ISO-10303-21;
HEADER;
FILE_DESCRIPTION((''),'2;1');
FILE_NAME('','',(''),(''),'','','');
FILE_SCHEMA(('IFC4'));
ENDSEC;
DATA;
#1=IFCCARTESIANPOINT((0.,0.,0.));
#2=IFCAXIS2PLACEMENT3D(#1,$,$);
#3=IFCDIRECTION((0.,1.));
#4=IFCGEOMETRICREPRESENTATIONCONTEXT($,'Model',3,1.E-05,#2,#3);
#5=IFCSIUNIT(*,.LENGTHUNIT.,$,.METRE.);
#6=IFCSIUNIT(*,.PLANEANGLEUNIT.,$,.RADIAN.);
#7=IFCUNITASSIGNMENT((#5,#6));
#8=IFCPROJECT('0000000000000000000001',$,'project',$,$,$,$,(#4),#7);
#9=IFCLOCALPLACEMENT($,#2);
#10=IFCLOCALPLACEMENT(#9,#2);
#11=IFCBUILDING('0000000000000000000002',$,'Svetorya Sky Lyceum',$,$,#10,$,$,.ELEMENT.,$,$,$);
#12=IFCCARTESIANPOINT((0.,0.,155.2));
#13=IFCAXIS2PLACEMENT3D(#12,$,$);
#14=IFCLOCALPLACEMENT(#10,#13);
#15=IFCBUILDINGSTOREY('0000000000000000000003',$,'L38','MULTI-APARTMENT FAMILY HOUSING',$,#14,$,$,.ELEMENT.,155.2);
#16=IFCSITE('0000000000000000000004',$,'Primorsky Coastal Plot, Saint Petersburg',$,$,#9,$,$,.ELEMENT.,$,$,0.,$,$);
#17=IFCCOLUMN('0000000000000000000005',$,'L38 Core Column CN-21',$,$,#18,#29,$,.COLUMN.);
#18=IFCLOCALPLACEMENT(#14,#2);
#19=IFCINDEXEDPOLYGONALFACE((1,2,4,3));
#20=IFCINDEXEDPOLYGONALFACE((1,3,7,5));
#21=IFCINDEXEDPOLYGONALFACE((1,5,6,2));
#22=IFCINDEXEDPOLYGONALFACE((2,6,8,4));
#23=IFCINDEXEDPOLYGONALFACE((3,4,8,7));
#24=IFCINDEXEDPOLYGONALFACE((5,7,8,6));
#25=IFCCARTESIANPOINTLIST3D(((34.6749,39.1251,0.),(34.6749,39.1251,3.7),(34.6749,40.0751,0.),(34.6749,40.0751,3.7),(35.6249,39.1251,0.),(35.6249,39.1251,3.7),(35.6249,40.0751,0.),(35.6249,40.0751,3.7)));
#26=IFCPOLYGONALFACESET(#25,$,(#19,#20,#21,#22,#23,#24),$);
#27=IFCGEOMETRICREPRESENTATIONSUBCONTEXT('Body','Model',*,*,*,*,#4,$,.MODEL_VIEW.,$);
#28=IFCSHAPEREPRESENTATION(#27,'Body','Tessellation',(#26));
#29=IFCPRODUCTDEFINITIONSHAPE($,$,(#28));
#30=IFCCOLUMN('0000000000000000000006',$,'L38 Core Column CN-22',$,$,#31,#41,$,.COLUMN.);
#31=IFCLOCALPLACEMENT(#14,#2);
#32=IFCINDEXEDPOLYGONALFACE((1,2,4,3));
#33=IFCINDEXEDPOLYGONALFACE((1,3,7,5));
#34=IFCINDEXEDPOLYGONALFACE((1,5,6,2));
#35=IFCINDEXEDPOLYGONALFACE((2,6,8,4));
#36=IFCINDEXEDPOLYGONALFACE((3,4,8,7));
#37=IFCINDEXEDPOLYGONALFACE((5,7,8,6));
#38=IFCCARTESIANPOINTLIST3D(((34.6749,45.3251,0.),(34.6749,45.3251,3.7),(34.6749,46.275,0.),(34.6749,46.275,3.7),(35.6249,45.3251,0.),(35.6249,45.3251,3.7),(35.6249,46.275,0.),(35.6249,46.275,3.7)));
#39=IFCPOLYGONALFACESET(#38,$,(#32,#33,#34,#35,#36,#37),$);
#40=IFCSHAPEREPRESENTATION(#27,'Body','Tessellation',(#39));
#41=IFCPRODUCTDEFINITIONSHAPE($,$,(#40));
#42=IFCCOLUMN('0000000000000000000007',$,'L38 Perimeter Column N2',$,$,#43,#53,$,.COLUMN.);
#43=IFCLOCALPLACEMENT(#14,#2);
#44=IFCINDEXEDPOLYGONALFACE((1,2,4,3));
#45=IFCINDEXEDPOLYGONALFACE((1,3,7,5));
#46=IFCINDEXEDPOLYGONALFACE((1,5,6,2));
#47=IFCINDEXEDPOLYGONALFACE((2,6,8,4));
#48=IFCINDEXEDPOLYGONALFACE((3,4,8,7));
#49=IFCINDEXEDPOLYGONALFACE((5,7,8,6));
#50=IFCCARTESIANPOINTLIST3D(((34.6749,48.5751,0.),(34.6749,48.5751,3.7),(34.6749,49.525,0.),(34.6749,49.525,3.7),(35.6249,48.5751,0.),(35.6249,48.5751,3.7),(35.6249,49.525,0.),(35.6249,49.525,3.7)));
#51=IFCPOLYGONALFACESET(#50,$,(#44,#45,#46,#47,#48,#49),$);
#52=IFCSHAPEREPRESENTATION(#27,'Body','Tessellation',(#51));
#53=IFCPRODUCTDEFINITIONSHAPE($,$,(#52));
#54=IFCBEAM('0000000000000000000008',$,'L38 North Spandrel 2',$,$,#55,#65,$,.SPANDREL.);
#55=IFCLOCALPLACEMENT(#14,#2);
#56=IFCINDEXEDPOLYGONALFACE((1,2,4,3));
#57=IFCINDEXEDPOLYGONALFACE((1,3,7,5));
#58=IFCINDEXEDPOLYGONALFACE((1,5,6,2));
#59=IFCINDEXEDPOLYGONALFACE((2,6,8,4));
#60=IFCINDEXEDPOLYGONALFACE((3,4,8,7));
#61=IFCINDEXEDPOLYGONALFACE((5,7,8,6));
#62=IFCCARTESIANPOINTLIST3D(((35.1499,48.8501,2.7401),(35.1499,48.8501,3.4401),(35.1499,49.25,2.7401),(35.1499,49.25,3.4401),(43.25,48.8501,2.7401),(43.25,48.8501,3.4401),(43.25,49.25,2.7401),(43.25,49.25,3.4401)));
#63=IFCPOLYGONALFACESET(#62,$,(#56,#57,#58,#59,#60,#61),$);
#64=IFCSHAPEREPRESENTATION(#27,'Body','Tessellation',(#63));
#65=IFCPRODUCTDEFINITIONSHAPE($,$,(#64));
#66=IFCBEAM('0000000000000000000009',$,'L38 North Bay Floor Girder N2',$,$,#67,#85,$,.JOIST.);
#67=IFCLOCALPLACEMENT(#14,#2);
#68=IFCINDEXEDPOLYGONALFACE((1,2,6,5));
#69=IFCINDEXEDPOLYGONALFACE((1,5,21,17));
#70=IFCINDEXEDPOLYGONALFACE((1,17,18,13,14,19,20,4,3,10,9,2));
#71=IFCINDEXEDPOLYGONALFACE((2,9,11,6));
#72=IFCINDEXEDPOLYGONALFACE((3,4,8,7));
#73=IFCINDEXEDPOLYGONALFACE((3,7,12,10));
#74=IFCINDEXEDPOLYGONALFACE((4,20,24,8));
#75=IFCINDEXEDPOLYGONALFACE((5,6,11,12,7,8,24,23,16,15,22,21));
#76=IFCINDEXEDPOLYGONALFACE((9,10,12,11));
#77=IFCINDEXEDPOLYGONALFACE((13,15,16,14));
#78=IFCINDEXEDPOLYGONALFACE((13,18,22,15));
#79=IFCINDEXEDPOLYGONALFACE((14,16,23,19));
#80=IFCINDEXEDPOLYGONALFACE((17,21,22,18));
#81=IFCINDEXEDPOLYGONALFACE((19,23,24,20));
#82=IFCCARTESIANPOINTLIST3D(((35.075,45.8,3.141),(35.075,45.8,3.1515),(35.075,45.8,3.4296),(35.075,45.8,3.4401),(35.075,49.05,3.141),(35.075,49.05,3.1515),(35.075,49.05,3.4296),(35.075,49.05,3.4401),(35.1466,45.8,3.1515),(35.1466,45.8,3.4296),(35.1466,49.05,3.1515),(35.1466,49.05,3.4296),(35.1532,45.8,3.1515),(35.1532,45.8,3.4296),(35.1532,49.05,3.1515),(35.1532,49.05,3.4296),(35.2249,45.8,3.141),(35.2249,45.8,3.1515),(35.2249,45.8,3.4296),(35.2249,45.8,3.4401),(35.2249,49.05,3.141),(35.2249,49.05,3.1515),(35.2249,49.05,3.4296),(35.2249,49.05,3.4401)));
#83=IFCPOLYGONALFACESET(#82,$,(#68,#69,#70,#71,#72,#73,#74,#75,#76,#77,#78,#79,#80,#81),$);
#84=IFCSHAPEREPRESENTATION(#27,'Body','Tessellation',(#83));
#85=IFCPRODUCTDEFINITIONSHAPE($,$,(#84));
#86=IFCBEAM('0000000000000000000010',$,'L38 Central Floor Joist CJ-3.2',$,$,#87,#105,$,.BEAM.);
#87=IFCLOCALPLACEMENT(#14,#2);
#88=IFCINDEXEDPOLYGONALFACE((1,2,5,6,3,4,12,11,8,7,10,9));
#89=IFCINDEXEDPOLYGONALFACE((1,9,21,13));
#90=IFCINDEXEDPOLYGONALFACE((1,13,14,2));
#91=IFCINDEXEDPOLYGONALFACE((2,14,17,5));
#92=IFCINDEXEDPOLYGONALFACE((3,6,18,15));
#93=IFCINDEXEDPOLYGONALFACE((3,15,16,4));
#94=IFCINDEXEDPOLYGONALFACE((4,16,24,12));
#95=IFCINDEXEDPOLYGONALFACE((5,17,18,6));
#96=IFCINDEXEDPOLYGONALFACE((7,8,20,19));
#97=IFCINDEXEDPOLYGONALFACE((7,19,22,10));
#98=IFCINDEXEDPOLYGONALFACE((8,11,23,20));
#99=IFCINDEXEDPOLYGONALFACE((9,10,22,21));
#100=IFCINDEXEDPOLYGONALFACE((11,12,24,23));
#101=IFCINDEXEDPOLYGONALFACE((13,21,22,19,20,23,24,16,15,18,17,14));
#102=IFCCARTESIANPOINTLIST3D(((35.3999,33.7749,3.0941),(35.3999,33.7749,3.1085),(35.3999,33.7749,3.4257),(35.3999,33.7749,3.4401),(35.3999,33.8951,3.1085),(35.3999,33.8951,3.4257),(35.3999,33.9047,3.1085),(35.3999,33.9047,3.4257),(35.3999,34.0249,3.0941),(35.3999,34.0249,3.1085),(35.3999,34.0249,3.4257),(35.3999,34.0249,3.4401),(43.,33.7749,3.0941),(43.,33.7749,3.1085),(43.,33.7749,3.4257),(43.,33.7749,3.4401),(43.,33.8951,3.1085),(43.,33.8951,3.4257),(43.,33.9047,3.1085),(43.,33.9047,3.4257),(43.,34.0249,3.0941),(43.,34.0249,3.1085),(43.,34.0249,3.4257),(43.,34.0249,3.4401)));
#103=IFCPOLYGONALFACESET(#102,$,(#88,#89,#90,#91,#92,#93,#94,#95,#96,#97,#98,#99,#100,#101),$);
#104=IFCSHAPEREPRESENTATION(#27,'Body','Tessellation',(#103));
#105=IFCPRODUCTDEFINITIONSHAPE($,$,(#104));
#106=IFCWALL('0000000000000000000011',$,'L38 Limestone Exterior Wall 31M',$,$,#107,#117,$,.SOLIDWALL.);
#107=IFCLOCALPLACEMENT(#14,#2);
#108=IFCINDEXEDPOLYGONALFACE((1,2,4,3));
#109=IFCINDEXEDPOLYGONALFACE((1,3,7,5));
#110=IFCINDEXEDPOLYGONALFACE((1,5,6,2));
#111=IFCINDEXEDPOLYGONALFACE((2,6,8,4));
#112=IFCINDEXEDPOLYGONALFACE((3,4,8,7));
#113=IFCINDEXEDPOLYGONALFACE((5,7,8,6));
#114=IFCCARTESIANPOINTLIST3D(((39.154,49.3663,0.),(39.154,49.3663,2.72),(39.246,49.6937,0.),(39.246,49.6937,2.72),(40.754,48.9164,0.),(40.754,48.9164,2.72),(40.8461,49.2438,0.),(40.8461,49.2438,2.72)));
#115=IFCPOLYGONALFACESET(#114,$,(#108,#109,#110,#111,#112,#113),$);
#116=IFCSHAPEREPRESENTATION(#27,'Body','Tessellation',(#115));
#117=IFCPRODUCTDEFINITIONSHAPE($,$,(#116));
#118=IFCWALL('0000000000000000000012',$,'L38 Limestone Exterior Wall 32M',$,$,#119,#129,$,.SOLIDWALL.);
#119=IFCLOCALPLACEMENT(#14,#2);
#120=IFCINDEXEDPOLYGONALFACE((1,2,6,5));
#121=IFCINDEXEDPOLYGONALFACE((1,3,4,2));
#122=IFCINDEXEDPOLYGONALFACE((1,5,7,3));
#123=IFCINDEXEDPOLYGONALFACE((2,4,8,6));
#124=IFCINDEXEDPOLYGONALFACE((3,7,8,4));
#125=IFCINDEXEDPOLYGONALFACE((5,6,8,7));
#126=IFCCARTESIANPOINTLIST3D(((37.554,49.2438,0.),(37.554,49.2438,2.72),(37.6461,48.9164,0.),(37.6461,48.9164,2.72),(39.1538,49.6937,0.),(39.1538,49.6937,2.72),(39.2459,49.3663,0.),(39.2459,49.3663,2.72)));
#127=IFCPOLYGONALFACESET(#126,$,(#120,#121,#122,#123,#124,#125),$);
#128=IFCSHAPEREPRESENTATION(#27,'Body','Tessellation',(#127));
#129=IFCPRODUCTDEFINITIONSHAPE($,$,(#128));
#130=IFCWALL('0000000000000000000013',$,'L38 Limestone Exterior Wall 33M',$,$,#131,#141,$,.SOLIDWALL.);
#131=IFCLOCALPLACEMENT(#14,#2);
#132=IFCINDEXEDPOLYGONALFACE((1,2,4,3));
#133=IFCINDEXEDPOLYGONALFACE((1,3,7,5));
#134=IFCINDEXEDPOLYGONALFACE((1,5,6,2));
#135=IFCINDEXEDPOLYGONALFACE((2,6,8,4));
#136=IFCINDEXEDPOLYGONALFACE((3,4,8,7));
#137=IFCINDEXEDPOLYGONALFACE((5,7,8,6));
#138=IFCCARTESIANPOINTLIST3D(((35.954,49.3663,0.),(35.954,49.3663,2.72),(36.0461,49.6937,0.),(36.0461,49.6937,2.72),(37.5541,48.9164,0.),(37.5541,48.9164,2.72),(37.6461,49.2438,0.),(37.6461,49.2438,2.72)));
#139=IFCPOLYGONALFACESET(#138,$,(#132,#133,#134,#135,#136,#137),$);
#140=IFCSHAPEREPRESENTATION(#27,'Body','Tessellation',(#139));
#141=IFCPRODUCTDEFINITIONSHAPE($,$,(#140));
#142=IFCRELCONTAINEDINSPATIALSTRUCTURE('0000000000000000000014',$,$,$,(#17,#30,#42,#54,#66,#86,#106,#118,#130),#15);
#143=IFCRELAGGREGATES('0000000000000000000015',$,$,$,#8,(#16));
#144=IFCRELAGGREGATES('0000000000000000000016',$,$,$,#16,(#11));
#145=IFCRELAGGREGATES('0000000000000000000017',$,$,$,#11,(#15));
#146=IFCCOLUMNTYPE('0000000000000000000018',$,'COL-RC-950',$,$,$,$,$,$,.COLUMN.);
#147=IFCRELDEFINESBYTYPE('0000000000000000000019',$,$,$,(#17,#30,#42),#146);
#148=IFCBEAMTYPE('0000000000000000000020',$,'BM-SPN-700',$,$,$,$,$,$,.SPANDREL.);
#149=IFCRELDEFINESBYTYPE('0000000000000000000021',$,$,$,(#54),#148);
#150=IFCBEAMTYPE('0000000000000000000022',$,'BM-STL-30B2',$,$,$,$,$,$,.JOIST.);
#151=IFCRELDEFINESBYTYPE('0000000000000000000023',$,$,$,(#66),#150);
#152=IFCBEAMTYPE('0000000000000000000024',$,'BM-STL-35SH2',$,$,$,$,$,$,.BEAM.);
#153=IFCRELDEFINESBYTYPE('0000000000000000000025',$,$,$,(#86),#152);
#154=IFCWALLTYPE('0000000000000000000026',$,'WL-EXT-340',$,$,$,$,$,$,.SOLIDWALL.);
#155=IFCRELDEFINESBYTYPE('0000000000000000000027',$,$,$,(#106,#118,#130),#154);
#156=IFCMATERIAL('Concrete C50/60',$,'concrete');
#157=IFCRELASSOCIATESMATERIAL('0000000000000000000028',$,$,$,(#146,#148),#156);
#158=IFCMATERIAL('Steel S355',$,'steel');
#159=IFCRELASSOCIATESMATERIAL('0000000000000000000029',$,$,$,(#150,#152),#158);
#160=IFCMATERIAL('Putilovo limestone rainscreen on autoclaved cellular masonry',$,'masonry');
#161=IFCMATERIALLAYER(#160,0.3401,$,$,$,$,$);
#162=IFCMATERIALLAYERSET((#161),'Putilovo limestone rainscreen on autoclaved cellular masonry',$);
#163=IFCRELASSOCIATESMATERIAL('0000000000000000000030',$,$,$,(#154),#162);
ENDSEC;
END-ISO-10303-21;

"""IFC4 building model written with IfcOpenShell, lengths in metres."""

from ifc_helpers import new_model, si_unit, direction, frame, frame_2d, origin, origin_2d, place, context, subcontext, project, spatial, rectangle, i_section, extrude, material, layer, layer_set, material_profile, profile_set, type_object, element, save


model = new_model("IFC4")

# Units and contexts
model_context = context("Model", 3, precision=1e-05, world=origin(), true_north=direction((0.0, 1.0)))
body_context = subcontext(model_context, "Body", "Model", "MODEL_VIEW")
ifc_project = project(units=[si_unit("LENGTHUNIT", "METRE"), si_unit("PLANEANGLEUNIT", "RADIAN")], contexts=[model_context])

# Site, building, storey
site_placement = place(None, origin())
site = spatial("IfcSite", under=ifc_project, at=site_placement, Name="Primorsky Coastal Plot, Saint Petersburg", CompositionType="ELEMENT", RefElevation=0.0)
building_placement = place(site_placement, origin())
building = spatial("IfcBuilding", under=site, at=building_placement, Name="Svetorya Sky Lyceum", CompositionType="ELEMENT")
storey_placement = place(building_placement, frame((0.0, 0.0, 155.2)))
storey = spatial("IfcBuildingStorey", under=building, at=storey_placement, Name="L38", Description="MULTI-APARTMENT FAMILY HOUSING", CompositionType="ELEMENT", Elevation=155.2)

# Columns
ifc_material_1 = material(Name="Concrete C50/60", Category="concrete")
ifc_material_profile_1 = material_profile(ifc_material_1, rectangle(XDim=0.95, YDim=0.95, at=origin_2d()), Name="RC COL 950x950")
ifc_profile_set_1 = profile_set([ifc_material_profile_1], Name="Concrete C50/60")
column_type = type_object("IfcColumnType", Name="COL-RC-950", PredefinedType="COLUMN", material=ifc_profile_set_1)
for number, where, z_axis, x_axis, name in (
    (1, (35.1499, 39.6001, 0.0), (0.0, 0.0, 1.0), (1.0, 0.0, 0.0), "L38 Core Column CN-21"),
    (2, (35.1499, 45.8, 0.0), (0.0, 0.0, 1.0), (1.0, 0.0, 0.0), "L38 Core Column CN-22"),
    (3, (35.1499, 49.05, 0.0), (0.0, 0.0, 1.0), (1.0, 0.0, 0.0), "L38 Perimeter Column N2"),
):
    element("IfcColumn", number, at=place(storey_placement, frame(where, z_axis=z_axis, x_axis=x_axis)), inside=storey, type_object=column_type, Name=name, PredefinedType="COLUMN", context=body_context, shape_type="SweptSolid", body=[
        extrude(rectangle(XDim=0.95, YDim=0.95, at=origin_2d()), origin(), (0.0, 0.0, 1.0), 3.7),
    ])

# Beams
ifc_material_profile_2 = material_profile(ifc_material_1, rectangle(XDim=0.3999, YDim=0.7, at=origin_2d()), Name="RC SPANDREL 400x700")
ifc_profile_set_2 = profile_set([ifc_material_profile_2], Name="Concrete C50/60")
beam_type_1 = type_object("IfcBeamType", Name="BM-SPN-700", PredefinedType="SPANDREL", material=ifc_profile_set_2)
beam_1_placement = place(storey_placement, frame((35.1499, 49.05, 3.0901), z_axis=(1.0, 0.0, 0.0), x_axis=(0.0, 1.0, 0.0)))
element("IfcBeam", 4, at=beam_1_placement, inside=storey, type_object=beam_type_1, Name="L38 North Spandrel 2", PredefinedType="SPANDREL", context=body_context, shape_type="SweptSolid", body=[
    extrude(rectangle(XDim=0.3999, YDim=0.7, at=origin_2d()), origin(), (0.0, 0.0, 1.0), 8.1001),
])
ifc_material_2 = material(Name="Steel S355", Category="steel")
ifc_material_profile_3 = material_profile(ifc_material_2, i_section(OverallWidth=0.1499, OverallDepth=0.2991, WebThickness=0.0066, FlangeThickness=0.0105, at=origin_2d()), Name="GOST 30B2")
ifc_profile_set_3 = profile_set([ifc_material_profile_3], Name="Steel S355")
beam_type_2 = type_object("IfcBeamType", Name="BM-STL-30B2", PredefinedType="JOIST", material=ifc_profile_set_3)
beam_2_placement = place(storey_placement, frame((35.1499, 45.8, 3.2905), z_axis=(0.0, 1.0, 0.0), x_axis=(-1.0, 0.0, 0.0)))
element("IfcBeam", 5, at=beam_2_placement, inside=storey, type_object=beam_type_2, Name="L38 North Bay Floor Girder N2", PredefinedType="JOIST", context=body_context, shape_type="SweptSolid", body=[
    extrude(i_section(OverallWidth=0.1499, OverallDepth=0.2991, WebThickness=0.0066, FlangeThickness=0.0105, at=origin_2d()), origin(), (0.0, 0.0, 1.0), 3.25),
])
ifc_material_profile_4 = material_profile(ifc_material_2, i_section(OverallWidth=0.25, OverallDepth=0.3459, WebThickness=0.0095, FlangeThickness=0.0144, at=origin_2d()), Name="GOST 35Sh2")
ifc_profile_set_4 = profile_set([ifc_material_profile_4], Name="Steel S355")
beam_type_3 = type_object("IfcBeamType", Name="BM-STL-35SH2", PredefinedType="BEAM", material=ifc_profile_set_4)
beam_3_placement = place(storey_placement, frame((35.3999, 33.8999, 3.2671), z_axis=(1.0, 0.0, 0.0), x_axis=(0.0, 1.0, 0.0)))
element("IfcBeam", 6, at=beam_3_placement, inside=storey, type_object=beam_type_3, Name="L38 Central Floor Joist CJ-3.2", PredefinedType="BEAM", context=body_context, shape_type="SweptSolid", body=[
    extrude(i_section(OverallWidth=0.25, OverallDepth=0.3459, WebThickness=0.0095, FlangeThickness=0.0144, at=origin_2d()), origin(), (0.0, 0.0, 1.0), 7.6001),
])

# Walls
ifc_material_3 = material(Name="Putilovo limestone rainscreen on autoclaved cellular masonry", Category="masonry")
ifc_layer_1 = layer(ifc_material_3, 0.3401)
ifc_layer_set_1 = layer_set([ifc_layer_1], Name="Putilovo limestone rainscreen on autoclaved cellular masonry")
wall_type_1 = type_object("IfcWallType", Name="WL-EXT-340", PredefinedType="SOLIDWALL", material=ifc_layer_set_1)
wall_1_placement = place(storey_placement, frame((40.8, 49.0801, 0.0), z_axis=(0.0, 0.0, 1.0), x_axis=(-0.962663, 0.270703, 0.0)))
element("IfcWall", 7, at=wall_1_placement, inside=storey, type_object=wall_type_1, Name="L38 Limestone Exterior Wall 31M", PredefinedType="SOLIDWALL", context=body_context, shape_type="SweptSolid", body=[
    extrude(rectangle(XDim=1.6621, YDim=0.3401, at=frame_2d((0.8311, 0.0))), origin(), (0.0, 0.0, 1.0), 2.72),
])
wall_2_placement = place(storey_placement, frame((39.2, 49.53, 0.0), z_axis=(0.0, 0.0, 1.0), x_axis=(-0.962652, -0.270741, 0.0)))
element("IfcWall", 8, at=wall_2_placement, inside=storey, type_object=wall_type_1, Name="L38 Limestone Exterior Wall 32M", PredefinedType="SOLIDWALL", context=body_context, shape_type="SweptSolid", body=[
    extrude(rectangle(XDim=1.6619, YDim=0.3401, at=frame_2d((0.8311, 0.0))), origin(), (0.0, 0.0, 1.0), 2.72),
])
wall_3_placement = place(storey_placement, frame((37.6001, 49.0801, 0.0), z_axis=(0.0, 0.0, 1.0), x_axis=(-0.962663, 0.270703, 0.0)))
element("IfcWall", 9, at=wall_3_placement, inside=storey, type_object=wall_type_1, Name="L38 Limestone Exterior Wall 33M", PredefinedType="SOLIDWALL", context=body_context, shape_type="SweptSolid", body=[
    extrude(rectangle(XDim=1.6621, YDim=0.3401, at=frame_2d((0.8311, 0.0))), origin(), (0.0, 0.0, 1.0), 2.72),
])

save(model, "model.ifc")
